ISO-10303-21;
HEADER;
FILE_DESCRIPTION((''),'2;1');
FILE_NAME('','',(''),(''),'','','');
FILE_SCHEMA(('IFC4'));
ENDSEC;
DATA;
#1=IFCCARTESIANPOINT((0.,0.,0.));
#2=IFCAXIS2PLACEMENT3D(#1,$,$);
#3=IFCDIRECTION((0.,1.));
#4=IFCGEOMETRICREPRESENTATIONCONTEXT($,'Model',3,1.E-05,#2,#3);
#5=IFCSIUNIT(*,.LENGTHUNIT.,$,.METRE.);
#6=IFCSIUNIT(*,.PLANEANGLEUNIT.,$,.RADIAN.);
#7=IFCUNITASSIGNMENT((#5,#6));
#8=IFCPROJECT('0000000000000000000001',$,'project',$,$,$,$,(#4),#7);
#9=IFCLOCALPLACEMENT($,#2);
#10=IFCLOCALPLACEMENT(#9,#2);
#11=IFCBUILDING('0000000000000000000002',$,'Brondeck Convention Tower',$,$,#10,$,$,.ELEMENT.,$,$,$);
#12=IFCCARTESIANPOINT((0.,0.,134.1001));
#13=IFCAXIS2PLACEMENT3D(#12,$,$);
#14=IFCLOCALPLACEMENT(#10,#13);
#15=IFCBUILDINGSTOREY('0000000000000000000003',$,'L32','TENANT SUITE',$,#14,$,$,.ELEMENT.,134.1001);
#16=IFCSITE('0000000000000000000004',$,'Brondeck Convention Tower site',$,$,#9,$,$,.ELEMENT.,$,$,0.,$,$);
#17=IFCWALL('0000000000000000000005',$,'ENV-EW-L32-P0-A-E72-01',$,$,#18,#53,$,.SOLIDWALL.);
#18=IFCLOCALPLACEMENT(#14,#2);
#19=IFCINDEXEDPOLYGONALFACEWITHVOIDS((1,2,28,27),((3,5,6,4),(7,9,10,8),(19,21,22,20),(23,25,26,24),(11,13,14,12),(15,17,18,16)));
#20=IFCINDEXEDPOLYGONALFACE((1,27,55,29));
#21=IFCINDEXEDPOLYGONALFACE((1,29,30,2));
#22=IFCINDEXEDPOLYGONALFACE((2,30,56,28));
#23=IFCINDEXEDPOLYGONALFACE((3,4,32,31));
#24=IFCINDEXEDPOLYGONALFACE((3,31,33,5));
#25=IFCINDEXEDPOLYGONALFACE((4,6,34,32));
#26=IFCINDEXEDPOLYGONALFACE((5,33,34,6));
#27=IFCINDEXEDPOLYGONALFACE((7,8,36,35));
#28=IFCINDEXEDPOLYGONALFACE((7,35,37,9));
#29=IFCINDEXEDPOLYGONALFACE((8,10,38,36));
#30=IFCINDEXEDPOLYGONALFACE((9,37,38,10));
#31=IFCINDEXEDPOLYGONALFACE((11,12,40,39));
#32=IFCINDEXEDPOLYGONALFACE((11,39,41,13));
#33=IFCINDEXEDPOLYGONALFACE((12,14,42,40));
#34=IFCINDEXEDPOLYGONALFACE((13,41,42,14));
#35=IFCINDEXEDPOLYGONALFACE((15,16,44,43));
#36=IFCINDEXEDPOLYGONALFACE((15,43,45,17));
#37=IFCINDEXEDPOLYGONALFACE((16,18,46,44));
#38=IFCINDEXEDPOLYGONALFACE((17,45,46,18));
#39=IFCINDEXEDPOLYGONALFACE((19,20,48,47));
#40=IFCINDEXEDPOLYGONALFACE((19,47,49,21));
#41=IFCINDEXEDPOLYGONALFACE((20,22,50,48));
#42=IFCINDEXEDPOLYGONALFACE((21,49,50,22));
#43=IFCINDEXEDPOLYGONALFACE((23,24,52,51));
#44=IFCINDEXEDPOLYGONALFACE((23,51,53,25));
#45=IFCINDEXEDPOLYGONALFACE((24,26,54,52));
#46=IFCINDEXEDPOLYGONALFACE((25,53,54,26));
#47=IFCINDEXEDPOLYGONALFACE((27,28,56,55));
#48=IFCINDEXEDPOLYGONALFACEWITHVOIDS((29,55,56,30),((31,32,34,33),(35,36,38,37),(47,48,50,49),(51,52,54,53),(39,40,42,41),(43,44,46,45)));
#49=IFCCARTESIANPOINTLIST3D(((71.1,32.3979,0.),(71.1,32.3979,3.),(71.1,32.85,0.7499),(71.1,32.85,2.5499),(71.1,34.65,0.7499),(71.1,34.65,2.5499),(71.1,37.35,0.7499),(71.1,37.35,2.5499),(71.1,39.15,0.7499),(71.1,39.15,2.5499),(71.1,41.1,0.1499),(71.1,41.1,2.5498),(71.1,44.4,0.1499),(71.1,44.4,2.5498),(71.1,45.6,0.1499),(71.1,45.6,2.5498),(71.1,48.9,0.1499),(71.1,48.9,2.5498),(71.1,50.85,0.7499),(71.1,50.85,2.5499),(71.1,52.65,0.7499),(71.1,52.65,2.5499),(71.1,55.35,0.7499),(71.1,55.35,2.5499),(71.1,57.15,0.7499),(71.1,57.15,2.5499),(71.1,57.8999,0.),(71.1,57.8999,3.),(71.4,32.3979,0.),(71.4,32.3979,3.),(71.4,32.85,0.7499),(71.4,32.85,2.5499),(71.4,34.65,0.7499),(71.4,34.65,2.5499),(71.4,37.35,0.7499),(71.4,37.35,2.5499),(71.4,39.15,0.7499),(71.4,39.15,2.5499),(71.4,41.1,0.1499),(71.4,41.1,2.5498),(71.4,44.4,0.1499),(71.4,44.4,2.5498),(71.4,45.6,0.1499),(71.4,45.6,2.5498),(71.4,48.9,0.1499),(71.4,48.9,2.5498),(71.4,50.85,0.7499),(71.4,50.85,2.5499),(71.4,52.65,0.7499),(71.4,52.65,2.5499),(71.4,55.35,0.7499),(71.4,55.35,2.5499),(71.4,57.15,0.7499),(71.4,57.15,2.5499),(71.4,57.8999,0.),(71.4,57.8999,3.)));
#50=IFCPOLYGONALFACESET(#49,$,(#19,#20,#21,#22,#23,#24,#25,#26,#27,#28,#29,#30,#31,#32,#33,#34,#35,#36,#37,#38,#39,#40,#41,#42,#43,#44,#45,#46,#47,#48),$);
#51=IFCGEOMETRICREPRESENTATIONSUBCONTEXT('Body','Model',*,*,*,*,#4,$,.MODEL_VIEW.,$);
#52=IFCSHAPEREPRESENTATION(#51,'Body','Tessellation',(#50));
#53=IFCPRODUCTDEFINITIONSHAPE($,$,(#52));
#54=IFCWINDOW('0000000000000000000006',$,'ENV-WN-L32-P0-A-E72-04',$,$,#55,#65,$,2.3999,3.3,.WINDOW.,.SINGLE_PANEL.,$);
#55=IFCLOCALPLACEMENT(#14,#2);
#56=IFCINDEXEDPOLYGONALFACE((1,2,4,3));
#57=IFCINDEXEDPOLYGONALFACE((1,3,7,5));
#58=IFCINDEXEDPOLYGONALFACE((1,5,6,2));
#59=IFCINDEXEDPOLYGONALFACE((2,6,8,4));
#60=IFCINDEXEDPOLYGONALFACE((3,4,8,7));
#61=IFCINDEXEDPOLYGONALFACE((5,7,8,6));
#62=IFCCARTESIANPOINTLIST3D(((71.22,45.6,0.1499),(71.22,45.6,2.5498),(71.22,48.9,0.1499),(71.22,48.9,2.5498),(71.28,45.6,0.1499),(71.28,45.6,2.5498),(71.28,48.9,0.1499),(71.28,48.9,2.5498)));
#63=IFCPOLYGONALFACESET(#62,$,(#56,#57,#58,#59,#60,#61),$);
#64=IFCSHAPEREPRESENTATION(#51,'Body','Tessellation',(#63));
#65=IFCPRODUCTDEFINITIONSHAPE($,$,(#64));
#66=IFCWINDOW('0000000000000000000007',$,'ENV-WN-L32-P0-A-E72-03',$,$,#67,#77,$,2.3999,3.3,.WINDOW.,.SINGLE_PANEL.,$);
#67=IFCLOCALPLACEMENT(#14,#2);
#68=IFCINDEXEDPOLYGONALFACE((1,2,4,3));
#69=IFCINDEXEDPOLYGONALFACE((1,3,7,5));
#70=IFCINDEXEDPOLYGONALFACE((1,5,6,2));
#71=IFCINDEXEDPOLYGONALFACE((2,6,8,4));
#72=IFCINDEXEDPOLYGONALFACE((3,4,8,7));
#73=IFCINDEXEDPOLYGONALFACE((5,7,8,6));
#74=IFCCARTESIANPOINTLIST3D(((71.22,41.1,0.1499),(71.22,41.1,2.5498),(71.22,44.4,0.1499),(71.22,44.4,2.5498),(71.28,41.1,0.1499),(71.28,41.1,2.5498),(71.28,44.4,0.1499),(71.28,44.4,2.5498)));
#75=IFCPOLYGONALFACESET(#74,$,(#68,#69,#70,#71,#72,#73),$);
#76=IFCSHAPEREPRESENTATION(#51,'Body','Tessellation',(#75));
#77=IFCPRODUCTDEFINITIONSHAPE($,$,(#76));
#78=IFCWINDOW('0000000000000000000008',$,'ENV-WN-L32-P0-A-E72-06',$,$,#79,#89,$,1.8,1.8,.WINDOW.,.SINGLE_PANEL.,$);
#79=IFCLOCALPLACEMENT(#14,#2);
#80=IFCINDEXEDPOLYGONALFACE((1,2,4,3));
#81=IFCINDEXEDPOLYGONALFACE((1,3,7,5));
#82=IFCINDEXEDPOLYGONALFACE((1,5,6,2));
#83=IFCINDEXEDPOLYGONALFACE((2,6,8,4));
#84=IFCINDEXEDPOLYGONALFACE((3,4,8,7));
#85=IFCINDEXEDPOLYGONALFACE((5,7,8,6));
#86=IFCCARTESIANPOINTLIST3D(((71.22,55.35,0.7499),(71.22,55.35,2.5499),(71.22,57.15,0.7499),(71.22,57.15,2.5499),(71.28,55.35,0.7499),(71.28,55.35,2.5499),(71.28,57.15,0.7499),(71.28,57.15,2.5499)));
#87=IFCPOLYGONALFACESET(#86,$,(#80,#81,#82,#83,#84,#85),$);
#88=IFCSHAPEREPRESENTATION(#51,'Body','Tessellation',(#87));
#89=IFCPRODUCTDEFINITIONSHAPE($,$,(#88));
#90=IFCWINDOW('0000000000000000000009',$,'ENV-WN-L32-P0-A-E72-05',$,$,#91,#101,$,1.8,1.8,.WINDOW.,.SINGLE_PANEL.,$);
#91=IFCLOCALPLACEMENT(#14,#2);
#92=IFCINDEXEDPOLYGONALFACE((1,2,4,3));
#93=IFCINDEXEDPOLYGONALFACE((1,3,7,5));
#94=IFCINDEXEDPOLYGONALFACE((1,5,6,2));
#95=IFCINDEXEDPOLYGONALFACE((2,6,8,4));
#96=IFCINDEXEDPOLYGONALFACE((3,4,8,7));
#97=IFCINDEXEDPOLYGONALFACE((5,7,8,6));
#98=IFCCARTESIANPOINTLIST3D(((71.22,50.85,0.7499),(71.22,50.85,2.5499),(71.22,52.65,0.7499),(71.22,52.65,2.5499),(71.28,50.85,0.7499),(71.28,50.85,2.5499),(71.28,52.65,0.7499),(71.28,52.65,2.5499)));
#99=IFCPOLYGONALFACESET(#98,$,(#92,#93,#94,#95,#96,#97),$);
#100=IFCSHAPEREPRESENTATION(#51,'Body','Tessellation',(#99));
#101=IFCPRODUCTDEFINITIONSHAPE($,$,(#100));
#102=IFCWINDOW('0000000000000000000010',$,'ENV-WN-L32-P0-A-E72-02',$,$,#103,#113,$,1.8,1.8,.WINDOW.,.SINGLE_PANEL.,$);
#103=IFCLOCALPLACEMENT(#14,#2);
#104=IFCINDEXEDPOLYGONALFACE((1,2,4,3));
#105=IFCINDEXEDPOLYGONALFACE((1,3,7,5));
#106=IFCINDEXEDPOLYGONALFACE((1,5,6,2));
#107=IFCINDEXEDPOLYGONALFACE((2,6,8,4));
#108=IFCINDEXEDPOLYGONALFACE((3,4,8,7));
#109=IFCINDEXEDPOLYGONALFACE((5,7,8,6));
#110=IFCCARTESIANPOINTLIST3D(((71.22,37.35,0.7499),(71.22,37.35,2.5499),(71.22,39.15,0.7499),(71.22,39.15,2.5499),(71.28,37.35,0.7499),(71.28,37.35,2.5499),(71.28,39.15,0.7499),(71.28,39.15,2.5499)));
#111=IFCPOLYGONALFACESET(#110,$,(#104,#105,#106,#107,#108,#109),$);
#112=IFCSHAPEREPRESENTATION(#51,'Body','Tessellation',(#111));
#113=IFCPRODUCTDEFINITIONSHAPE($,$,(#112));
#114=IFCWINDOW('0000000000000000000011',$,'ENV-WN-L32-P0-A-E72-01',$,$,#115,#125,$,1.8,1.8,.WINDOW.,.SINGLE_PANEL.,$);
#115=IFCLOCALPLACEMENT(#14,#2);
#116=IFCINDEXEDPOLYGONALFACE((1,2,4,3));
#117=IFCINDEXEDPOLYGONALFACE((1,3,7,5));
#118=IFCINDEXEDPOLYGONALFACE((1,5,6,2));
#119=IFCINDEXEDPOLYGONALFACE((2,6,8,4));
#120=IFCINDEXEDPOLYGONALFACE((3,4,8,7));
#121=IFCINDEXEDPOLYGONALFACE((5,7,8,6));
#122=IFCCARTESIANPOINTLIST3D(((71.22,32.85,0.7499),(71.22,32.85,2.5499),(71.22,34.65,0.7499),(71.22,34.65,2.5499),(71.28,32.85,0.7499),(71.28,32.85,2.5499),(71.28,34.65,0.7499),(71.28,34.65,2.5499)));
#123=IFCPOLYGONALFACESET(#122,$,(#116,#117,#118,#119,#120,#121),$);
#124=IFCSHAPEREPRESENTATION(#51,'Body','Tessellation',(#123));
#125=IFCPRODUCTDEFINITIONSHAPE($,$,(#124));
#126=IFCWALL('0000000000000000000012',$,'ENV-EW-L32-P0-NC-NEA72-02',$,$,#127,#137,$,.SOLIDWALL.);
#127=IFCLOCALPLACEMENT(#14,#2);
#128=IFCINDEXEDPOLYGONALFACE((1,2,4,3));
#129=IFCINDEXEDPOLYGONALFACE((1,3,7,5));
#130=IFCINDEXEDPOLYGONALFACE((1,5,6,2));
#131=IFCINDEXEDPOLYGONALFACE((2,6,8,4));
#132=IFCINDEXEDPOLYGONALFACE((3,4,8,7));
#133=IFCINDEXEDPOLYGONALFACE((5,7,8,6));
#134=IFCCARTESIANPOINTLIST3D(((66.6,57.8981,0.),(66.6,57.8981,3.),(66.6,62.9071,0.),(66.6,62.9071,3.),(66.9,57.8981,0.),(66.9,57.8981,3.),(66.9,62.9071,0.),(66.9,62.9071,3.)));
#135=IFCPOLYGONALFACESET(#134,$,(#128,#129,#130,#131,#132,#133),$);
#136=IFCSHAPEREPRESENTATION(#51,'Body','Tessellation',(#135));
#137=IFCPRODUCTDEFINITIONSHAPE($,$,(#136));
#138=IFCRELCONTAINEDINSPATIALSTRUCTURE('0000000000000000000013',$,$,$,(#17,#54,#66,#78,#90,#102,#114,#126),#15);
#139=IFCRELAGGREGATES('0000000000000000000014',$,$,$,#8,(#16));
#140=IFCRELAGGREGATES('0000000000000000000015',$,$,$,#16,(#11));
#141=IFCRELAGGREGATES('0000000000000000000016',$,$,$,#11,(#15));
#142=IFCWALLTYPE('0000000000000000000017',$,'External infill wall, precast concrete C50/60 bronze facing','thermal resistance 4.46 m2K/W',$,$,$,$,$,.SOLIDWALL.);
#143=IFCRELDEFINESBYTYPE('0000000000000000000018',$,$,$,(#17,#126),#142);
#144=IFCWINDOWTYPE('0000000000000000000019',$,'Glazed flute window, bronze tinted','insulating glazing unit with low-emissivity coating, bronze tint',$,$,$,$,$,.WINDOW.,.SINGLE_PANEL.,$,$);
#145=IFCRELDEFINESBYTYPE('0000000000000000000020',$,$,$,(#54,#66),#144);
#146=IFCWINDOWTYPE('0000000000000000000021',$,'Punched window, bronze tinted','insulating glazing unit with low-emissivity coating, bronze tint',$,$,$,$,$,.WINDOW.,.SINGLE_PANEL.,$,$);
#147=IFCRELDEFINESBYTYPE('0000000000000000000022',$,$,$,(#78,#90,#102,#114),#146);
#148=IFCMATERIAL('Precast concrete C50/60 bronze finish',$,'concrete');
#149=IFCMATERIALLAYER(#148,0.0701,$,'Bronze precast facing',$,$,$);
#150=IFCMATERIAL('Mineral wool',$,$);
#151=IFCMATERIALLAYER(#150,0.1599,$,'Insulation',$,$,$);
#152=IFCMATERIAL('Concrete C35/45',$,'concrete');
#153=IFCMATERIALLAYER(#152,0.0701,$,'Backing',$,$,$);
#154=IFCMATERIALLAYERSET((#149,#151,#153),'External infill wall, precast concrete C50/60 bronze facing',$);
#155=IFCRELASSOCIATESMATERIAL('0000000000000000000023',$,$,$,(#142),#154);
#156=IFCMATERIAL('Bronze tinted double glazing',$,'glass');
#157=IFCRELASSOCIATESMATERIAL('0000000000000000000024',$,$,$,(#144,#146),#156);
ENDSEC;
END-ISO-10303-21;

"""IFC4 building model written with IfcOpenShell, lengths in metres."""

from ifc_helpers import new_model, si_unit, direction, frame, frame_2d, origin, place, context, subcontext, project, spatial, rectangle, extrude, material, layer, layer_set, type_object, element, fill, save


model = new_model("IFC4")

# Units and contexts
model_context = context("Model", 3, precision=1e-05, world=origin(), true_north=direction((0.0, 1.0)))
body_context = subcontext(model_context, "Body", "Model", "MODEL_VIEW")
ifc_project = project(units=[si_unit("LENGTHUNIT", "METRE"), si_unit("PLANEANGLEUNIT", "RADIAN")], contexts=[model_context])

# Site, building, storey
site_placement = place(None, origin())
site = spatial("IfcSite", under=ifc_project, at=site_placement, Name="Brondeck Convention Tower site", CompositionType="ELEMENT", RefElevation=0.0)
building_placement = place(site_placement, origin())
building = spatial("IfcBuilding", under=site, at=building_placement, Name="Brondeck Convention Tower", CompositionType="ELEMENT")
storey_placement = place(building_placement, frame((0.0, 0.0, 134.1001)))
storey = spatial("IfcBuildingStorey", under=building, at=storey_placement, Name="L32", Description="TENANT SUITE", CompositionType="ELEMENT", Elevation=134.1001)

# Wall, openings, windows
ifc_material_1 = material(Name="Precast concrete C50/60 bronze finish", Category="concrete")
ifc_layer_1 = layer(ifc_material_1, 0.0701, Name="Bronze precast facing")
ifc_material_2 = material(Name="Mineral wool")
ifc_layer_2 = layer(ifc_material_2, 0.1599, Name="Insulation")
ifc_material_3 = material(Name="Concrete C35/45", Category="concrete")
ifc_layer_3 = layer(ifc_material_3, 0.0701, Name="Backing")
ifc_layer_set_1 = layer_set([ifc_layer_1, ifc_layer_2, ifc_layer_3], Name="External infill wall, precast concrete C50/60 bronze facing")
wall_type_1 = type_object("IfcWallType", Name="External infill wall, precast concrete C50/60 bronze facing", Description="thermal resistance 4.46 m2K/W", PredefinedType="SOLIDWALL", material=ifc_layer_set_1)
wall_1_placement = place(storey_placement, frame((71.25, 57.8999, 0.0), z_axis=(0.0, 0.0, 1.0), x_axis=(0.0, -1.0, 0.0)))
wall_1 = element("IfcWall", 1, at=wall_1_placement, inside=storey, type_object=wall_type_1, Name="ENV-EW-L32-P0-A-E72-01", PredefinedType="SOLIDWALL", context=body_context, shape_type="SweptSolid", body=[
    extrude(rectangle(XDim=25.502, YDim=0.3, at=frame_2d((12.751, 0.0))), origin(), (0.0, 0.0, 1.0), 3.0),
])
opening_1_placement = place(wall_1_placement, frame((0.75, 0.0, 0.75)))
opening_1 = element("IfcOpeningElement", 2, at=opening_1_placement, cuts=wall_1, PredefinedType="OPENING", context=body_context, shape_type="SweptSolid", body=[
    extrude(rectangle(XDim=1.8, YDim=1.8, at=frame_2d((0.8999, 0.8999))), frame((0.0, 0.1599, 0.0), z_axis=(0.0, -1.0, 0.0), x_axis=(1.0, 0.0, 0.0)), (0.0, 0.0, 1.0), 0.3201),
])
opening_2_placement = place(wall_1_placement, frame((5.25, 0.0, 0.75)))
opening_2 = element("IfcOpeningElement", 3, at=opening_2_placement, cuts=wall_1, PredefinedType="OPENING", context=body_context, shape_type="SweptSolid", body=[
    extrude(rectangle(XDim=1.8, YDim=1.8, at=frame_2d((0.8999, 0.8999))), frame((0.0, 0.1599, 0.0), z_axis=(0.0, -1.0, 0.0), x_axis=(1.0, 0.0, 0.0)), (0.0, 0.0, 1.0), 0.3201),
])
opening_3_placement = place(wall_1_placement, frame((9.0, 0.0, 0.1499)))
opening_3 = element("IfcOpeningElement", 4, at=opening_3_placement, cuts=wall_1, PredefinedType="OPENING", context=body_context, shape_type="SweptSolid", body=[
    extrude(rectangle(XDim=3.3, YDim=2.3999, at=frame_2d((1.6499, 1.2))), frame((0.0, 0.1599, 0.0), z_axis=(0.0, -1.0, 0.0), x_axis=(1.0, 0.0, 0.0)), (0.0, 0.0, 1.0), 0.3201),
])
opening_4_placement = place(wall_1_placement, frame((13.5, 0.0, 0.1499)))
opening_4 = element("IfcOpeningElement", 5, at=opening_4_placement, cuts=wall_1, PredefinedType="OPENING", context=body_context, shape_type="SweptSolid", body=[
    extrude(rectangle(XDim=3.3, YDim=2.3999, at=frame_2d((1.6499, 1.2))), frame((0.0, 0.1599, 0.0), z_axis=(0.0, -1.0, 0.0), x_axis=(1.0, 0.0, 0.0)), (0.0, 0.0, 1.0), 0.3201),
])
opening_5_placement = place(wall_1_placement, frame((18.75, 0.0, 0.75)))
opening_5 = element("IfcOpeningElement", 6, at=opening_5_placement, cuts=wall_1, PredefinedType="OPENING", context=body_context, shape_type="SweptSolid", body=[
    extrude(rectangle(XDim=1.8, YDim=1.8, at=frame_2d((0.8999, 0.8999))), frame((0.0, 0.1599, 0.0), z_axis=(0.0, -1.0, 0.0), x_axis=(1.0, 0.0, 0.0)), (0.0, 0.0, 1.0), 0.3201),
])
opening_6_placement = place(wall_1_placement, frame((23.25, 0.0, 0.75)))
opening_6 = element("IfcOpeningElement", 7, at=opening_6_placement, cuts=wall_1, PredefinedType="OPENING", context=body_context, shape_type="SweptSolid", body=[
    extrude(rectangle(XDim=1.8, YDim=1.8, at=frame_2d((0.8999, 0.8999))), frame((0.0, 0.1599, 0.0), z_axis=(0.0, -1.0, 0.0), x_axis=(1.0, 0.0, 0.0)), (0.0, 0.0, 1.0), 0.3201),
])
ifc_material_4 = material(Name="Bronze tinted double glazing", Category="glass")
window_type_1 = type_object("IfcWindowType", Name="Glazed flute window, bronze tinted", Description="insulating glazing unit with low-emissivity coating, bronze tint", PartitioningType="SINGLE_PANEL", PredefinedType="WINDOW", material=ifc_material_4)
window_1_placement = place(opening_3_placement, origin())
window_1 = element("IfcWindow", 8, at=window_1_placement, inside=storey, type_object=window_type_1, Name="ENV-WN-L32-P0-A-E72-04", OverallHeight=2.3999, OverallWidth=3.3, PartitioningType="SINGLE_PANEL", PredefinedType="WINDOW", context=body_context, shape_type="SweptSolid", body=[
    extrude(rectangle(XDim=3.3, YDim=2.3999, at=frame_2d((1.6499, 1.2))), frame((0.0, 0.03, 0.0), z_axis=(0.0, -1.0, 0.0), x_axis=(1.0, 0.0, 0.0)), (0.0, 0.0, 1.0), 0.0601),
])
fill(opening_3, window_1)
window_2_placement = place(opening_4_placement, origin())
window_2 = element("IfcWindow", 9, at=window_2_placement, inside=storey, type_object=window_type_1, Name="ENV-WN-L32-P0-A-E72-03", OverallHeight=2.3999, OverallWidth=3.3, PartitioningType="SINGLE_PANEL", PredefinedType="WINDOW", context=body_context, shape_type="SweptSolid", body=[
    extrude(rectangle(XDim=3.3, YDim=2.3999, at=frame_2d((1.6499, 1.2))), frame((0.0, 0.03, 0.0), z_axis=(0.0, -1.0, 0.0), x_axis=(1.0, 0.0, 0.0)), (0.0, 0.0, 1.0), 0.0601),
])
fill(opening_4, window_2)
window_type_2 = type_object("IfcWindowType", Name="Punched window, bronze tinted", Description="insulating glazing unit with low-emissivity coating, bronze tint", PartitioningType="SINGLE_PANEL", PredefinedType="WINDOW", material=ifc_material_4)
window_3_placement = place(opening_1_placement, origin())
window_3 = element("IfcWindow", 10, at=window_3_placement, inside=storey, type_object=window_type_2, Name="ENV-WN-L32-P0-A-E72-06", OverallHeight=1.8, OverallWidth=1.8, PartitioningType="SINGLE_PANEL", PredefinedType="WINDOW", context=body_context, shape_type="SweptSolid", body=[
    extrude(rectangle(XDim=1.8, YDim=1.8, at=frame_2d((0.8999, 0.8999))), frame((0.0, 0.03, 0.0), z_axis=(0.0, -1.0, 0.0), x_axis=(1.0, 0.0, 0.0)), (0.0, 0.0, 1.0), 0.0601),
])
fill(opening_1, window_3)
window_4_placement = place(opening_2_placement, origin())
window_4 = element("IfcWindow", 11, at=window_4_placement, inside=storey, type_object=window_type_2, Name="ENV-WN-L32-P0-A-E72-05", OverallHeight=1.8, OverallWidth=1.8, PartitioningType="SINGLE_PANEL", PredefinedType="WINDOW", context=body_context, shape_type="SweptSolid", body=[
    extrude(rectangle(XDim=1.8, YDim=1.8, at=frame_2d((0.8999, 0.8999))), frame((0.0, 0.03, 0.0), z_axis=(0.0, -1.0, 0.0), x_axis=(1.0, 0.0, 0.0)), (0.0, 0.0, 1.0), 0.0601),
])
fill(opening_2, window_4)
window_5_placement = place(opening_5_placement, origin())
window_5 = element("IfcWindow", 12, at=window_5_placement, inside=storey, type_object=window_type_2, Name="ENV-WN-L32-P0-A-E72-02", OverallHeight=1.8, OverallWidth=1.8, PartitioningType="SINGLE_PANEL", PredefinedType="WINDOW", context=body_context, shape_type="SweptSolid", body=[
    extrude(rectangle(XDim=1.8, YDim=1.8, at=frame_2d((0.8999, 0.8999))), frame((0.0, 0.03, 0.0), z_axis=(0.0, -1.0, 0.0), x_axis=(1.0, 0.0, 0.0)), (0.0, 0.0, 1.0), 0.0601),
])
fill(opening_5, window_5)
window_6_placement = place(opening_6_placement, origin())
window_6 = element("IfcWindow", 13, at=window_6_placement, inside=storey, type_object=window_type_2, Name="ENV-WN-L32-P0-A-E72-01", OverallHeight=1.8, OverallWidth=1.8, PartitioningType="SINGLE_PANEL", PredefinedType="WINDOW", context=body_context, shape_type="SweptSolid", body=[
    extrude(rectangle(XDim=1.8, YDim=1.8, at=frame_2d((0.8999, 0.8999))), frame((0.0, 0.03, 0.0), z_axis=(0.0, -1.0, 0.0), x_axis=(1.0, 0.0, 0.0)), (0.0, 0.0, 1.0), 0.0601),
])
fill(opening_6, window_6)

# Wall
wall_2_placement = place(storey_placement, frame((66.75, 62.907, 0.0), z_axis=(0.0, 0.0, 1.0), x_axis=(0.0, -1.0, 0.0)))
element("IfcWall", 14, at=wall_2_placement, inside=storey, type_object=wall_type_1, Name="ENV-EW-L32-P0-NC-NEA72-02", PredefinedType="SOLIDWALL", context=body_context, shape_type="SweptSolid", body=[
    extrude(rectangle(XDim=5.009, YDim=0.3, at=frame_2d((2.5044, 0.0))), origin(), (0.0, 0.0, 1.0), 3.0),
])

save(model, "model.ifc")
